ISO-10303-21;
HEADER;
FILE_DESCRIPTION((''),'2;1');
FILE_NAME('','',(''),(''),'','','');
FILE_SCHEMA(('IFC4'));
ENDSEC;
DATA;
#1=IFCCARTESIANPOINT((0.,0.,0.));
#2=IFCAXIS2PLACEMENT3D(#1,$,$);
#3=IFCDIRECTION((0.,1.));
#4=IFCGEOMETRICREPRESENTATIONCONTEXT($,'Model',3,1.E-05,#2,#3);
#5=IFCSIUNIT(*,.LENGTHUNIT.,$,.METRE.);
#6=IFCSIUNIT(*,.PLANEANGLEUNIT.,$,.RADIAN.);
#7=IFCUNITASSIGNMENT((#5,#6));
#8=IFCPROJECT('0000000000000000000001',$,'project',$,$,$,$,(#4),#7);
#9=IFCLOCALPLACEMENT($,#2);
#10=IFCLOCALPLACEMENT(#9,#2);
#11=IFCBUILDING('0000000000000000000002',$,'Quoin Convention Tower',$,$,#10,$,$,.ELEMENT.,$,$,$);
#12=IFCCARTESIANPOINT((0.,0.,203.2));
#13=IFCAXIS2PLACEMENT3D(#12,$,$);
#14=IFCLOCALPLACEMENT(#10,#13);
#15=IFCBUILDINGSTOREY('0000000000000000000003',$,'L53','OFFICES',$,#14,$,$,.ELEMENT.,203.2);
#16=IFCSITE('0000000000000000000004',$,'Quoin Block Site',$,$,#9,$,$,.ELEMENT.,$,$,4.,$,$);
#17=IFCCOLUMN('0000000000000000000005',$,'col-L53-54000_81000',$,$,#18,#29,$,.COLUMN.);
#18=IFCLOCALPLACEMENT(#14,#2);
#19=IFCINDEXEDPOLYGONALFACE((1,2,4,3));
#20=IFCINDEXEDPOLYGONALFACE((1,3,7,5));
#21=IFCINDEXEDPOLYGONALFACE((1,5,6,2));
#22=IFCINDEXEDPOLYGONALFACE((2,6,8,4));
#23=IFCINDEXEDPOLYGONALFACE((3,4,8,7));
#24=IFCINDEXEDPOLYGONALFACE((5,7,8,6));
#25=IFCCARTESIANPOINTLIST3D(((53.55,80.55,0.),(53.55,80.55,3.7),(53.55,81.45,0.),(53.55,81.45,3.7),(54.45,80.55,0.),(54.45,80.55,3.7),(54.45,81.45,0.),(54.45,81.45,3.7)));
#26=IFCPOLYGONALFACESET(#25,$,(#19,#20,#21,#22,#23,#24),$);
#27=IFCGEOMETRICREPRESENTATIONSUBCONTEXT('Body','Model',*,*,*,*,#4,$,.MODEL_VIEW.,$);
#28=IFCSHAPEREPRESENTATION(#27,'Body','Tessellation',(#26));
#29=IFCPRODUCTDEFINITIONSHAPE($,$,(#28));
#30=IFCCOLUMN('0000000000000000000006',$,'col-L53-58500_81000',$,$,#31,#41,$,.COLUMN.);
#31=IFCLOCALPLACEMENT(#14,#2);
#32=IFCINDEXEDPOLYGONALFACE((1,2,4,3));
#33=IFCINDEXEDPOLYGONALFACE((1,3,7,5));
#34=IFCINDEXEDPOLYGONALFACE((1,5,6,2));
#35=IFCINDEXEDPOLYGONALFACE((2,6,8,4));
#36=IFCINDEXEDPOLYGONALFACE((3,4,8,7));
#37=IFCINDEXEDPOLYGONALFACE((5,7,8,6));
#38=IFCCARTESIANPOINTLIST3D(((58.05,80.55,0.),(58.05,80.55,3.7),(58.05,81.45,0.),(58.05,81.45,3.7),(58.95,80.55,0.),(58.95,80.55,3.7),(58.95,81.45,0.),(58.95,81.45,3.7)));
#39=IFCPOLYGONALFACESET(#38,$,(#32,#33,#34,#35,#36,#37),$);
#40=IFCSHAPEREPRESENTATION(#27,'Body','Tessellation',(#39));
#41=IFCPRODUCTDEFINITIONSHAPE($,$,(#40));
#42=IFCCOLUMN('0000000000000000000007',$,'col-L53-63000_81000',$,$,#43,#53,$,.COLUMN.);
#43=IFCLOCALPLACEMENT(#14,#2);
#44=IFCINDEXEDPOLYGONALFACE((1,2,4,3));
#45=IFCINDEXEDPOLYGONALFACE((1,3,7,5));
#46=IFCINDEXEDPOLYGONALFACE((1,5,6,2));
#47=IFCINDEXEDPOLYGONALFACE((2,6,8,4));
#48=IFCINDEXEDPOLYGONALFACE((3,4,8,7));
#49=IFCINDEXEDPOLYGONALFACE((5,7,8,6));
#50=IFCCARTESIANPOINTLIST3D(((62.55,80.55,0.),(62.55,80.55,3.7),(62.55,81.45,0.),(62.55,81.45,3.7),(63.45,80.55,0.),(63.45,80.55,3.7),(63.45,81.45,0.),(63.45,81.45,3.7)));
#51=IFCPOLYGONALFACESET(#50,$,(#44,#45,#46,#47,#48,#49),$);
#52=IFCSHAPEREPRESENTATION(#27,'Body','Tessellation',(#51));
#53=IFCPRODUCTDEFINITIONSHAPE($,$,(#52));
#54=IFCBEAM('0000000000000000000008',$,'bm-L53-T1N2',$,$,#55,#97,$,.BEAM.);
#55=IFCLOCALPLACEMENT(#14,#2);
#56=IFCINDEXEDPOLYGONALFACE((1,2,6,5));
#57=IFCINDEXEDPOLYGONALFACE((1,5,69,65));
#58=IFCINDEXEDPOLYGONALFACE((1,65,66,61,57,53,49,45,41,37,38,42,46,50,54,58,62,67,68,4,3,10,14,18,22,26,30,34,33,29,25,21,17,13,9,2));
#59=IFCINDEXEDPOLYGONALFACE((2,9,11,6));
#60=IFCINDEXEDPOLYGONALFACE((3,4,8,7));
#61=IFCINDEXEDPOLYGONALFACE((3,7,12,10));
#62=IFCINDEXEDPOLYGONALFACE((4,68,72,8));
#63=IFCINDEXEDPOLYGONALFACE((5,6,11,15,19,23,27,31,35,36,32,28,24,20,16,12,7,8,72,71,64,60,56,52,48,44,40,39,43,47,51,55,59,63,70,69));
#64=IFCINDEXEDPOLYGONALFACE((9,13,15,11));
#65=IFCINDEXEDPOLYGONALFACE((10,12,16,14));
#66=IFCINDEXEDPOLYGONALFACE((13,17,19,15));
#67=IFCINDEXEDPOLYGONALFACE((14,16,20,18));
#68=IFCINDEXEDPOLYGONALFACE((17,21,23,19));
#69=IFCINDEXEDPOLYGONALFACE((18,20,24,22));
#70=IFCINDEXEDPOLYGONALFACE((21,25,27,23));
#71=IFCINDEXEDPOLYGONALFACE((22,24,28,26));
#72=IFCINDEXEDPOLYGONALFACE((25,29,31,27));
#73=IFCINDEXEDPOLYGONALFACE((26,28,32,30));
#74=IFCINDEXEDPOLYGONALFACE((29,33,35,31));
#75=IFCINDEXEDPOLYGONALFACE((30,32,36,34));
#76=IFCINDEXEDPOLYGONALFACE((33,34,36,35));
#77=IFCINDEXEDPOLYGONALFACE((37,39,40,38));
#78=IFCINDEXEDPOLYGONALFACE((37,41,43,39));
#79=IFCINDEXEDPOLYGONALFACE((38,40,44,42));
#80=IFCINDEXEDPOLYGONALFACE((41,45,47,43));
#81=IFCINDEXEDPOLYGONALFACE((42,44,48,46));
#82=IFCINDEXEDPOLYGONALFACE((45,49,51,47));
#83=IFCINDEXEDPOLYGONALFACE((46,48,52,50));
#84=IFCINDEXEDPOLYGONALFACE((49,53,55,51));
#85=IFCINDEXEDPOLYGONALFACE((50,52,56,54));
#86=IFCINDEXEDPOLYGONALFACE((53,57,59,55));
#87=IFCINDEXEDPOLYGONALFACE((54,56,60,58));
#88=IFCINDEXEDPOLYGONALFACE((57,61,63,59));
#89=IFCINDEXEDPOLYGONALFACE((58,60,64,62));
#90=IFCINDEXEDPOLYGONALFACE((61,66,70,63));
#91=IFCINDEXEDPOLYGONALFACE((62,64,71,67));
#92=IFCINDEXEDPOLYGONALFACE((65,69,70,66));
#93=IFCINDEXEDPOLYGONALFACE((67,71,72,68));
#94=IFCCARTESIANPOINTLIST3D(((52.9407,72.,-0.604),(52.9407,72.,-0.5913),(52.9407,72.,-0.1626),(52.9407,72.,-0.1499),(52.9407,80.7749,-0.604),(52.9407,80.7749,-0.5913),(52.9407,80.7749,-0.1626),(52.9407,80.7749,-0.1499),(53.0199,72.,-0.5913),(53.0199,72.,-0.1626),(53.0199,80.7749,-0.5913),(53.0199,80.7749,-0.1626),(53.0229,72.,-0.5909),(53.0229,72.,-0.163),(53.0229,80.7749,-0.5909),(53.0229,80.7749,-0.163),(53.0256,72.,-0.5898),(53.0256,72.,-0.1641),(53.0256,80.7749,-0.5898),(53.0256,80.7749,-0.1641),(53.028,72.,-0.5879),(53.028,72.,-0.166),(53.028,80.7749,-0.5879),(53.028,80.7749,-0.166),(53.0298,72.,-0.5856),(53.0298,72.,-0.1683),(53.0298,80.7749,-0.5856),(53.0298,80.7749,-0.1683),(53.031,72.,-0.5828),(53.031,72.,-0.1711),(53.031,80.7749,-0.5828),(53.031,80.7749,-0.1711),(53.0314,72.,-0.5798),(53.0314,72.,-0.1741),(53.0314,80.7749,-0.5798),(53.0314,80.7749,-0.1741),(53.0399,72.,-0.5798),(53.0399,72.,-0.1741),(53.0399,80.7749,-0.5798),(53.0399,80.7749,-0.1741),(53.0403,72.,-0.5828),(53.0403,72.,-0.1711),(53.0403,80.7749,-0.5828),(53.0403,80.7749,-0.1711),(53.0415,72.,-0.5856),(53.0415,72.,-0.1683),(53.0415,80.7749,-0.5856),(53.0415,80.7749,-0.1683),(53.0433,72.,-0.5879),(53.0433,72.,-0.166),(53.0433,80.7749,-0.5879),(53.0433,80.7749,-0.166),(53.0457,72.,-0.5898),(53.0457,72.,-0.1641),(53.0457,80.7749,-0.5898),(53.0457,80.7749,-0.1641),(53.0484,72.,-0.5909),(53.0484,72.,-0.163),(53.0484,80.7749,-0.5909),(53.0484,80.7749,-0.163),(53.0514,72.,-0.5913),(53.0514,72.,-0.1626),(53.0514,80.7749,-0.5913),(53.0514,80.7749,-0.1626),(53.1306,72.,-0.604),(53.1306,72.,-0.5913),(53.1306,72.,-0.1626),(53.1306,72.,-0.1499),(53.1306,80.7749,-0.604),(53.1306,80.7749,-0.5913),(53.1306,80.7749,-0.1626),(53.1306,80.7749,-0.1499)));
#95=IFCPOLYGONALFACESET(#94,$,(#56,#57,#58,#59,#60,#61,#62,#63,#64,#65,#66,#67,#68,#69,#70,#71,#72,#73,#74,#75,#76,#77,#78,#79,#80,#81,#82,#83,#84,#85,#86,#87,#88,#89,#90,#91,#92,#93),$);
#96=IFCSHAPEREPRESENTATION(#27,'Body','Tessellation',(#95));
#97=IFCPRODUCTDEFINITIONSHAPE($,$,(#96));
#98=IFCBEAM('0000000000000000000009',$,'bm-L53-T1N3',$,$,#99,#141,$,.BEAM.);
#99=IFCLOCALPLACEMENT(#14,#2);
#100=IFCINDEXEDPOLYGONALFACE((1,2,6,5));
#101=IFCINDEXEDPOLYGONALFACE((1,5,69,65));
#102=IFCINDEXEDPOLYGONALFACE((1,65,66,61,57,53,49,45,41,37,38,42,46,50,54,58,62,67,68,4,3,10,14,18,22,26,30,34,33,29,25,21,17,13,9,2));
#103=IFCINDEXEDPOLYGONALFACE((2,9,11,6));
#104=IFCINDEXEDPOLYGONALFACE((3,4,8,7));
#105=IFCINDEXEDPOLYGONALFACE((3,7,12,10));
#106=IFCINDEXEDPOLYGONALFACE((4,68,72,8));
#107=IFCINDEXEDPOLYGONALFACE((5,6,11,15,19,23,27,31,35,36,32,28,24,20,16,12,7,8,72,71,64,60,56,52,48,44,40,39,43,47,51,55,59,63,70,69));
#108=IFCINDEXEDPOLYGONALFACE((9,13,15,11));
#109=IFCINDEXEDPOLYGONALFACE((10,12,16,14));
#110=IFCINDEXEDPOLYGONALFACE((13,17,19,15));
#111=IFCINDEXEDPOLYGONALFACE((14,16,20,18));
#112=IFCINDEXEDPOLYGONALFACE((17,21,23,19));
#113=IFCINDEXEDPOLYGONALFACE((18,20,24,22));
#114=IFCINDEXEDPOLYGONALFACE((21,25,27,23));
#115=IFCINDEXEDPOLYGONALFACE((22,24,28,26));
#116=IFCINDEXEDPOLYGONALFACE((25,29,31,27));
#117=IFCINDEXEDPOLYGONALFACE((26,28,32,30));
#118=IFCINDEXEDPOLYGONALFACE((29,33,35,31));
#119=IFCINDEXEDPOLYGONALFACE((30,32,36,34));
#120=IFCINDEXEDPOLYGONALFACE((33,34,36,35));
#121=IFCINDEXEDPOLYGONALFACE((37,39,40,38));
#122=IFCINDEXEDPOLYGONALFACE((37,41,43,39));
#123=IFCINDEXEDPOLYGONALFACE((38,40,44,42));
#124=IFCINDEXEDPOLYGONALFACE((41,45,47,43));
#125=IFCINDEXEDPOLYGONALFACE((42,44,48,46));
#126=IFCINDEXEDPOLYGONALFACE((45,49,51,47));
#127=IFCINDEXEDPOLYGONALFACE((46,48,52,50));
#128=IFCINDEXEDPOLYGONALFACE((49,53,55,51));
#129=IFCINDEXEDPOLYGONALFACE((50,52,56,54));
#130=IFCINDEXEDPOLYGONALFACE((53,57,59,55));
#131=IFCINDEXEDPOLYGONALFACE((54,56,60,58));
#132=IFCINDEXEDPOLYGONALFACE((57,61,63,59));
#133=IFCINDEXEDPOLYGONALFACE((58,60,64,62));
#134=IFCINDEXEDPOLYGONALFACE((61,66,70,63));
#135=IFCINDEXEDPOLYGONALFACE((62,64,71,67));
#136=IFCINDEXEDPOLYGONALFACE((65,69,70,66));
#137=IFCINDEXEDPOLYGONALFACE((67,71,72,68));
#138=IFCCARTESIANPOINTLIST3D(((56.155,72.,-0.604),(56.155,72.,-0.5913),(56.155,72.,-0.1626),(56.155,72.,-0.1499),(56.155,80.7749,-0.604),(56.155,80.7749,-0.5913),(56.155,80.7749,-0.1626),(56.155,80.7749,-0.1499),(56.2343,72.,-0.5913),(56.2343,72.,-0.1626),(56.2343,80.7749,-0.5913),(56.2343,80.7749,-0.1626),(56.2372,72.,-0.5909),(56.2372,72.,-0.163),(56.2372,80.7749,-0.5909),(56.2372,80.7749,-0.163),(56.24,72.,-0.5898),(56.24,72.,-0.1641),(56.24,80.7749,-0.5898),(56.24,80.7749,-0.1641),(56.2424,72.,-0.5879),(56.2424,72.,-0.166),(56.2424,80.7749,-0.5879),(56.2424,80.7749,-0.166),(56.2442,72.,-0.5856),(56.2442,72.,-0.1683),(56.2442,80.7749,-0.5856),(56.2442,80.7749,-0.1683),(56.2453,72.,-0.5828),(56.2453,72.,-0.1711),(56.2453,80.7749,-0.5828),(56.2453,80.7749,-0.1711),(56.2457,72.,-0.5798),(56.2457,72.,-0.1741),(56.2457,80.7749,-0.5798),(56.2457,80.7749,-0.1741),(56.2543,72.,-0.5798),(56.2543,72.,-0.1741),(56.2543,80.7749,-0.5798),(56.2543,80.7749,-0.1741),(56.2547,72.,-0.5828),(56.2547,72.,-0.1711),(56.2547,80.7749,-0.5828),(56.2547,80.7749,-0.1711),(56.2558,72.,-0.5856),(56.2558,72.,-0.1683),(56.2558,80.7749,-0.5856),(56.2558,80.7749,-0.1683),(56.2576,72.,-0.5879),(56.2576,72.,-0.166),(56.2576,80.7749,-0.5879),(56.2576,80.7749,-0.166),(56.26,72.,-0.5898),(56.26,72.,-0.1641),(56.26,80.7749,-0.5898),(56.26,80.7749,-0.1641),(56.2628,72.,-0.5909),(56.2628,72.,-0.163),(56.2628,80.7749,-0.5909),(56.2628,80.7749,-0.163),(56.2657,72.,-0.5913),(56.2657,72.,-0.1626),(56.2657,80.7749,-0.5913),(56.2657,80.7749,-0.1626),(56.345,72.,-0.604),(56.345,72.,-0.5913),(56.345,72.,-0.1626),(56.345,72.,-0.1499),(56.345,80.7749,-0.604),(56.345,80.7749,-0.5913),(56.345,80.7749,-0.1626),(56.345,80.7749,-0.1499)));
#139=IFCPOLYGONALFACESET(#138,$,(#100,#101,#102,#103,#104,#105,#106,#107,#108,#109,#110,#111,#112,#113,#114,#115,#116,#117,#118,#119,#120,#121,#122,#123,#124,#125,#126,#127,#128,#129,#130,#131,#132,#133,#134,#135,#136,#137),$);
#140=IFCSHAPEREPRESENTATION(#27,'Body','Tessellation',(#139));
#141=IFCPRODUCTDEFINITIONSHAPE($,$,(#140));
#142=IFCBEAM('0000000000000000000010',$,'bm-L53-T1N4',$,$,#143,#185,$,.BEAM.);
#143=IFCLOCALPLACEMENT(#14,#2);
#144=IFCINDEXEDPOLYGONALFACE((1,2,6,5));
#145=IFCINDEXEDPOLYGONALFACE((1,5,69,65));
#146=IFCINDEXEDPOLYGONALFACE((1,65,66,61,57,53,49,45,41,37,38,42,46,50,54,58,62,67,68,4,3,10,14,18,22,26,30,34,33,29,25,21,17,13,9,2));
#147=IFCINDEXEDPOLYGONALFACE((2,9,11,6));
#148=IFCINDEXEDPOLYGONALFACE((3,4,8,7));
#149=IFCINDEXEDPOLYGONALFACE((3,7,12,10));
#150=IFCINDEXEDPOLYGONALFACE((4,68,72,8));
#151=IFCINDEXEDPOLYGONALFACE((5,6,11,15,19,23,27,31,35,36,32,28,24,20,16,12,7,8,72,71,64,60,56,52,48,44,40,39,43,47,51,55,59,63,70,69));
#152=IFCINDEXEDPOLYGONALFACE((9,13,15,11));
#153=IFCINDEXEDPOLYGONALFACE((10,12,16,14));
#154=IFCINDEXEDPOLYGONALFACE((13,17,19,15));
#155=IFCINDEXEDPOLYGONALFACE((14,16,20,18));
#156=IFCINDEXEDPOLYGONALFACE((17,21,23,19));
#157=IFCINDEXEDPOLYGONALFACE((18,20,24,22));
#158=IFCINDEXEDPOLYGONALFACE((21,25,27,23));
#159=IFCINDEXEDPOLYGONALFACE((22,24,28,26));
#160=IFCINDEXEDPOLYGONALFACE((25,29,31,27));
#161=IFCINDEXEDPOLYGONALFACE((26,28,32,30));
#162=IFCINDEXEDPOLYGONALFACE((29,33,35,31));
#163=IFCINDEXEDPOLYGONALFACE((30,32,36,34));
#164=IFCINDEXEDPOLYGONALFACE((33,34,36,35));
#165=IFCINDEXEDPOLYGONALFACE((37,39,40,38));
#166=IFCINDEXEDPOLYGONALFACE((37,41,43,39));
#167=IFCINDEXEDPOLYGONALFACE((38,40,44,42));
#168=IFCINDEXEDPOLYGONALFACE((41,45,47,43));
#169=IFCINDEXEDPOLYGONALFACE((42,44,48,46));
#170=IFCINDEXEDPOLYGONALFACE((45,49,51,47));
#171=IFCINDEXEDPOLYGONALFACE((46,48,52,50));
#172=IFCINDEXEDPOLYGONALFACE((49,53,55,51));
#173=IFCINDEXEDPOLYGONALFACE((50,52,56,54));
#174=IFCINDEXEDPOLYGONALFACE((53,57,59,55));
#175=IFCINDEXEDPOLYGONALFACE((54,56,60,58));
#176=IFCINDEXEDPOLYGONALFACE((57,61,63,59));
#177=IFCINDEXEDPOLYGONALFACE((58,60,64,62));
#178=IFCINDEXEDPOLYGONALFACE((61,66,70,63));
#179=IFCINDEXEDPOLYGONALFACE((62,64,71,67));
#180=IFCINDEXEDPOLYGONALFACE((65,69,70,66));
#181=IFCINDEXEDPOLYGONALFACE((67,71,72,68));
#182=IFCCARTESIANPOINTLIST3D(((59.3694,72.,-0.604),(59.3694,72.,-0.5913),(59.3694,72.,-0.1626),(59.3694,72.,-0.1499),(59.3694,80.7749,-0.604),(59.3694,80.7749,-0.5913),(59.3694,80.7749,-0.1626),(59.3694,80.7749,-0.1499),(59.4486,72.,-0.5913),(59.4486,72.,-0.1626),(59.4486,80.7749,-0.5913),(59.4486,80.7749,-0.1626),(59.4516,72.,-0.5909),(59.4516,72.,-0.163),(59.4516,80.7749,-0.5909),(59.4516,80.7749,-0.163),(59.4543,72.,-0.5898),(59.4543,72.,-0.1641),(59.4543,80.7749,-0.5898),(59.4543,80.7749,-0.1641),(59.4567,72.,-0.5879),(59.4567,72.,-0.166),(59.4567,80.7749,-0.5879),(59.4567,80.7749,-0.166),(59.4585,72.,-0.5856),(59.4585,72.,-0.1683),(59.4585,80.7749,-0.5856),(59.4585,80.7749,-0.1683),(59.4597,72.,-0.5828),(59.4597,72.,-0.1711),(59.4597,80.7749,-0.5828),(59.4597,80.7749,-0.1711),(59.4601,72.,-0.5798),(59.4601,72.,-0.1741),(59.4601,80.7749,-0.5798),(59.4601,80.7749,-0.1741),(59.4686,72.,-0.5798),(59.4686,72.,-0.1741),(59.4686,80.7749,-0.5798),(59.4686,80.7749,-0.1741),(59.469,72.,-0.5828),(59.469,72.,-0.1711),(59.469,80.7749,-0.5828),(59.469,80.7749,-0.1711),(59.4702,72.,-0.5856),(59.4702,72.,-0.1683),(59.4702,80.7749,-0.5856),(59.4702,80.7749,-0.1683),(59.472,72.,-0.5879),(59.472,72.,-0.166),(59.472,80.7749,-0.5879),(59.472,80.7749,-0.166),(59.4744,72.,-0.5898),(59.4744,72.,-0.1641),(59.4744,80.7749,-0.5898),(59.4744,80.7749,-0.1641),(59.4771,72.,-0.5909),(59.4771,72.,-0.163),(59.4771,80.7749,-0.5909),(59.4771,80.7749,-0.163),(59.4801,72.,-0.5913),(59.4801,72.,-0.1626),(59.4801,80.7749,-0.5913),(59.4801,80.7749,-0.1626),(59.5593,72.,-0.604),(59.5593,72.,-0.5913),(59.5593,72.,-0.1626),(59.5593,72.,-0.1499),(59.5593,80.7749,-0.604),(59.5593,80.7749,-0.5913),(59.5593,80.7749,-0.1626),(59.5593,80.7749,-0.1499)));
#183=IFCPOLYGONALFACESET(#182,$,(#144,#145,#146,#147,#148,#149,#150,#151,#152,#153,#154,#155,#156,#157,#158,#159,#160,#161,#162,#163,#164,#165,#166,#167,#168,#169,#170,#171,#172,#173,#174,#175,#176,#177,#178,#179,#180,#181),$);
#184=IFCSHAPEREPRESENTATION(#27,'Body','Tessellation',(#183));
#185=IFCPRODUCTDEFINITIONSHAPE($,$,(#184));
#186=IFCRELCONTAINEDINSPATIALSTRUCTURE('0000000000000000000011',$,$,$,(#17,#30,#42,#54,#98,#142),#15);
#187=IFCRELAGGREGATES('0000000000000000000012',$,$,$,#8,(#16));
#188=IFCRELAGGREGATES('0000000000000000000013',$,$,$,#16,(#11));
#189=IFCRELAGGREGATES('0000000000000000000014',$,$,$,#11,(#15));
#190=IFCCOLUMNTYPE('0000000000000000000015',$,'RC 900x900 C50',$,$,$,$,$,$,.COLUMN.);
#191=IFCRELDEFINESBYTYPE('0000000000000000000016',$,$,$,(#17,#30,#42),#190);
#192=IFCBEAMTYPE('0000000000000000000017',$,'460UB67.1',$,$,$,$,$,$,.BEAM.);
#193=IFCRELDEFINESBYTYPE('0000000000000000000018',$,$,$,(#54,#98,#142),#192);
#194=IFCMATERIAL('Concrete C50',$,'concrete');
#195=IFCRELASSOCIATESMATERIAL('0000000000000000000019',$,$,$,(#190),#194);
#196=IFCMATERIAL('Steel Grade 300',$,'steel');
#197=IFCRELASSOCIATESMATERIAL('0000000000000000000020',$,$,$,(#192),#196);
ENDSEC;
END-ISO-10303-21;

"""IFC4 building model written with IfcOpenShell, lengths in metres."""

from ifc_helpers import new_model, si_unit, direction, frame, origin, origin_2d, place, context, subcontext, project, spatial, rectangle, i_section, extrude, material, material_profile, profile_set, type_object, element, save


model = new_model("IFC4")

# Units and contexts
model_context = context("Model", 3, precision=1e-05, world=origin(), true_north=direction((0.0, 1.0)))
body_context = subcontext(model_context, "Body", "Model", "MODEL_VIEW")
ifc_project = project(units=[si_unit("LENGTHUNIT", "METRE"), si_unit("PLANEANGLEUNIT", "RADIAN")], contexts=[model_context])

# Site, building, storey
site_placement = place(None, origin())
site = spatial("IfcSite", under=ifc_project, at=site_placement, Name="Quoin Block Site", CompositionType="ELEMENT", RefElevation=4.0)
building_placement = place(site_placement, origin())
building = spatial("IfcBuilding", under=site, at=building_placement, Name="Quoin Convention Tower", CompositionType="ELEMENT")
storey_placement = place(building_placement, frame((0.0, 0.0, 203.2)))
storey = spatial("IfcBuildingStorey", under=building, at=storey_placement, Name="L53", Description="OFFICES", CompositionType="ELEMENT", Elevation=203.2)

# Columns
ifc_material_1 = material(Name="Concrete C50", Category="concrete")
ifc_material_profile_1 = material_profile(ifc_material_1, rectangle(XDim=0.8999, YDim=0.8999, at=origin_2d()), Name="RC 900x900")
ifc_profile_set_1 = profile_set([ifc_material_profile_1], Name="Concrete C50")
column_type = type_object("IfcColumnType", Name="RC 900x900 C50", PredefinedType="COLUMN", material=ifc_profile_set_1)
for number, where, z_axis, x_axis, name in (
    (1, (54.0, 81.0, 0.0), (0.0, 0.0, 1.0), (1.0, 0.0, 0.0), "col-L53-54000_81000"),
    (2, (58.5, 81.0, 0.0), (0.0, 0.0, 1.0), (1.0, 0.0, 0.0), "col-L53-58500_81000"),
    (3, (63.0, 81.0, 0.0), (0.0, 0.0, 1.0), (1.0, 0.0, 0.0), "col-L53-63000_81000"),
):
    element("IfcColumn", number, at=place(storey_placement, frame(where, z_axis=z_axis, x_axis=x_axis)), inside=storey, type_object=column_type, Name=name, PredefinedType="COLUMN", context=body_context, shape_type="SweptSolid", body=[
        extrude(rectangle(XDim=0.8999, YDim=0.8999, at=origin_2d()), origin(), (0.0, 0.0, 1.0), 3.7),
    ])

# Beams
ifc_material_2 = material(Name="Steel Grade 300", Category="steel")
ifc_material_profile_2 = material_profile(ifc_material_2, i_section(OverallWidth=0.1899, OverallDepth=0.4541, WebThickness=0.0085, FlangeThickness=0.0127, FilletRadius=0.0115, at=origin_2d()), Name="460UB67.1")
ifc_profile_set_2 = profile_set([ifc_material_profile_2], Name="Steel Grade 300")
beam_type_1 = type_object("IfcBeamType", Name="460UB67.1", PredefinedType="BEAM", material=ifc_profile_set_2)
for number, where, z_axis, x_axis, name in (
    (4, (53.0356, 72.0, -0.377), (0.0, 1.0, 0.0), (-1.0, 0.0, 0.0), "bm-L53-T1N2"),
    (5, (56.25, 72.0, -0.377), (0.0, 1.0, 0.0), (-1.0, 0.0, 0.0), "bm-L53-T1N3"),
    (6, (59.4644, 72.0, -0.377), (0.0, 1.0, 0.0), (-1.0, 0.0, 0.0), "bm-L53-T1N4"),
):
    element("IfcBeam", number, at=place(storey_placement, frame(where, z_axis=z_axis, x_axis=x_axis)), inside=storey, type_object=beam_type_1, Name=name, PredefinedType="BEAM", context=body_context, shape_type="SweptSolid", body=[
        extrude(i_section(OverallWidth=0.1899, OverallDepth=0.4541, WebThickness=0.0085, FlangeThickness=0.0127, FilletRadius=0.0115, at=origin_2d()), origin(), (0.0, 0.0, 1.0), 8.7749),
    ])

save(model, "model.ifc")
